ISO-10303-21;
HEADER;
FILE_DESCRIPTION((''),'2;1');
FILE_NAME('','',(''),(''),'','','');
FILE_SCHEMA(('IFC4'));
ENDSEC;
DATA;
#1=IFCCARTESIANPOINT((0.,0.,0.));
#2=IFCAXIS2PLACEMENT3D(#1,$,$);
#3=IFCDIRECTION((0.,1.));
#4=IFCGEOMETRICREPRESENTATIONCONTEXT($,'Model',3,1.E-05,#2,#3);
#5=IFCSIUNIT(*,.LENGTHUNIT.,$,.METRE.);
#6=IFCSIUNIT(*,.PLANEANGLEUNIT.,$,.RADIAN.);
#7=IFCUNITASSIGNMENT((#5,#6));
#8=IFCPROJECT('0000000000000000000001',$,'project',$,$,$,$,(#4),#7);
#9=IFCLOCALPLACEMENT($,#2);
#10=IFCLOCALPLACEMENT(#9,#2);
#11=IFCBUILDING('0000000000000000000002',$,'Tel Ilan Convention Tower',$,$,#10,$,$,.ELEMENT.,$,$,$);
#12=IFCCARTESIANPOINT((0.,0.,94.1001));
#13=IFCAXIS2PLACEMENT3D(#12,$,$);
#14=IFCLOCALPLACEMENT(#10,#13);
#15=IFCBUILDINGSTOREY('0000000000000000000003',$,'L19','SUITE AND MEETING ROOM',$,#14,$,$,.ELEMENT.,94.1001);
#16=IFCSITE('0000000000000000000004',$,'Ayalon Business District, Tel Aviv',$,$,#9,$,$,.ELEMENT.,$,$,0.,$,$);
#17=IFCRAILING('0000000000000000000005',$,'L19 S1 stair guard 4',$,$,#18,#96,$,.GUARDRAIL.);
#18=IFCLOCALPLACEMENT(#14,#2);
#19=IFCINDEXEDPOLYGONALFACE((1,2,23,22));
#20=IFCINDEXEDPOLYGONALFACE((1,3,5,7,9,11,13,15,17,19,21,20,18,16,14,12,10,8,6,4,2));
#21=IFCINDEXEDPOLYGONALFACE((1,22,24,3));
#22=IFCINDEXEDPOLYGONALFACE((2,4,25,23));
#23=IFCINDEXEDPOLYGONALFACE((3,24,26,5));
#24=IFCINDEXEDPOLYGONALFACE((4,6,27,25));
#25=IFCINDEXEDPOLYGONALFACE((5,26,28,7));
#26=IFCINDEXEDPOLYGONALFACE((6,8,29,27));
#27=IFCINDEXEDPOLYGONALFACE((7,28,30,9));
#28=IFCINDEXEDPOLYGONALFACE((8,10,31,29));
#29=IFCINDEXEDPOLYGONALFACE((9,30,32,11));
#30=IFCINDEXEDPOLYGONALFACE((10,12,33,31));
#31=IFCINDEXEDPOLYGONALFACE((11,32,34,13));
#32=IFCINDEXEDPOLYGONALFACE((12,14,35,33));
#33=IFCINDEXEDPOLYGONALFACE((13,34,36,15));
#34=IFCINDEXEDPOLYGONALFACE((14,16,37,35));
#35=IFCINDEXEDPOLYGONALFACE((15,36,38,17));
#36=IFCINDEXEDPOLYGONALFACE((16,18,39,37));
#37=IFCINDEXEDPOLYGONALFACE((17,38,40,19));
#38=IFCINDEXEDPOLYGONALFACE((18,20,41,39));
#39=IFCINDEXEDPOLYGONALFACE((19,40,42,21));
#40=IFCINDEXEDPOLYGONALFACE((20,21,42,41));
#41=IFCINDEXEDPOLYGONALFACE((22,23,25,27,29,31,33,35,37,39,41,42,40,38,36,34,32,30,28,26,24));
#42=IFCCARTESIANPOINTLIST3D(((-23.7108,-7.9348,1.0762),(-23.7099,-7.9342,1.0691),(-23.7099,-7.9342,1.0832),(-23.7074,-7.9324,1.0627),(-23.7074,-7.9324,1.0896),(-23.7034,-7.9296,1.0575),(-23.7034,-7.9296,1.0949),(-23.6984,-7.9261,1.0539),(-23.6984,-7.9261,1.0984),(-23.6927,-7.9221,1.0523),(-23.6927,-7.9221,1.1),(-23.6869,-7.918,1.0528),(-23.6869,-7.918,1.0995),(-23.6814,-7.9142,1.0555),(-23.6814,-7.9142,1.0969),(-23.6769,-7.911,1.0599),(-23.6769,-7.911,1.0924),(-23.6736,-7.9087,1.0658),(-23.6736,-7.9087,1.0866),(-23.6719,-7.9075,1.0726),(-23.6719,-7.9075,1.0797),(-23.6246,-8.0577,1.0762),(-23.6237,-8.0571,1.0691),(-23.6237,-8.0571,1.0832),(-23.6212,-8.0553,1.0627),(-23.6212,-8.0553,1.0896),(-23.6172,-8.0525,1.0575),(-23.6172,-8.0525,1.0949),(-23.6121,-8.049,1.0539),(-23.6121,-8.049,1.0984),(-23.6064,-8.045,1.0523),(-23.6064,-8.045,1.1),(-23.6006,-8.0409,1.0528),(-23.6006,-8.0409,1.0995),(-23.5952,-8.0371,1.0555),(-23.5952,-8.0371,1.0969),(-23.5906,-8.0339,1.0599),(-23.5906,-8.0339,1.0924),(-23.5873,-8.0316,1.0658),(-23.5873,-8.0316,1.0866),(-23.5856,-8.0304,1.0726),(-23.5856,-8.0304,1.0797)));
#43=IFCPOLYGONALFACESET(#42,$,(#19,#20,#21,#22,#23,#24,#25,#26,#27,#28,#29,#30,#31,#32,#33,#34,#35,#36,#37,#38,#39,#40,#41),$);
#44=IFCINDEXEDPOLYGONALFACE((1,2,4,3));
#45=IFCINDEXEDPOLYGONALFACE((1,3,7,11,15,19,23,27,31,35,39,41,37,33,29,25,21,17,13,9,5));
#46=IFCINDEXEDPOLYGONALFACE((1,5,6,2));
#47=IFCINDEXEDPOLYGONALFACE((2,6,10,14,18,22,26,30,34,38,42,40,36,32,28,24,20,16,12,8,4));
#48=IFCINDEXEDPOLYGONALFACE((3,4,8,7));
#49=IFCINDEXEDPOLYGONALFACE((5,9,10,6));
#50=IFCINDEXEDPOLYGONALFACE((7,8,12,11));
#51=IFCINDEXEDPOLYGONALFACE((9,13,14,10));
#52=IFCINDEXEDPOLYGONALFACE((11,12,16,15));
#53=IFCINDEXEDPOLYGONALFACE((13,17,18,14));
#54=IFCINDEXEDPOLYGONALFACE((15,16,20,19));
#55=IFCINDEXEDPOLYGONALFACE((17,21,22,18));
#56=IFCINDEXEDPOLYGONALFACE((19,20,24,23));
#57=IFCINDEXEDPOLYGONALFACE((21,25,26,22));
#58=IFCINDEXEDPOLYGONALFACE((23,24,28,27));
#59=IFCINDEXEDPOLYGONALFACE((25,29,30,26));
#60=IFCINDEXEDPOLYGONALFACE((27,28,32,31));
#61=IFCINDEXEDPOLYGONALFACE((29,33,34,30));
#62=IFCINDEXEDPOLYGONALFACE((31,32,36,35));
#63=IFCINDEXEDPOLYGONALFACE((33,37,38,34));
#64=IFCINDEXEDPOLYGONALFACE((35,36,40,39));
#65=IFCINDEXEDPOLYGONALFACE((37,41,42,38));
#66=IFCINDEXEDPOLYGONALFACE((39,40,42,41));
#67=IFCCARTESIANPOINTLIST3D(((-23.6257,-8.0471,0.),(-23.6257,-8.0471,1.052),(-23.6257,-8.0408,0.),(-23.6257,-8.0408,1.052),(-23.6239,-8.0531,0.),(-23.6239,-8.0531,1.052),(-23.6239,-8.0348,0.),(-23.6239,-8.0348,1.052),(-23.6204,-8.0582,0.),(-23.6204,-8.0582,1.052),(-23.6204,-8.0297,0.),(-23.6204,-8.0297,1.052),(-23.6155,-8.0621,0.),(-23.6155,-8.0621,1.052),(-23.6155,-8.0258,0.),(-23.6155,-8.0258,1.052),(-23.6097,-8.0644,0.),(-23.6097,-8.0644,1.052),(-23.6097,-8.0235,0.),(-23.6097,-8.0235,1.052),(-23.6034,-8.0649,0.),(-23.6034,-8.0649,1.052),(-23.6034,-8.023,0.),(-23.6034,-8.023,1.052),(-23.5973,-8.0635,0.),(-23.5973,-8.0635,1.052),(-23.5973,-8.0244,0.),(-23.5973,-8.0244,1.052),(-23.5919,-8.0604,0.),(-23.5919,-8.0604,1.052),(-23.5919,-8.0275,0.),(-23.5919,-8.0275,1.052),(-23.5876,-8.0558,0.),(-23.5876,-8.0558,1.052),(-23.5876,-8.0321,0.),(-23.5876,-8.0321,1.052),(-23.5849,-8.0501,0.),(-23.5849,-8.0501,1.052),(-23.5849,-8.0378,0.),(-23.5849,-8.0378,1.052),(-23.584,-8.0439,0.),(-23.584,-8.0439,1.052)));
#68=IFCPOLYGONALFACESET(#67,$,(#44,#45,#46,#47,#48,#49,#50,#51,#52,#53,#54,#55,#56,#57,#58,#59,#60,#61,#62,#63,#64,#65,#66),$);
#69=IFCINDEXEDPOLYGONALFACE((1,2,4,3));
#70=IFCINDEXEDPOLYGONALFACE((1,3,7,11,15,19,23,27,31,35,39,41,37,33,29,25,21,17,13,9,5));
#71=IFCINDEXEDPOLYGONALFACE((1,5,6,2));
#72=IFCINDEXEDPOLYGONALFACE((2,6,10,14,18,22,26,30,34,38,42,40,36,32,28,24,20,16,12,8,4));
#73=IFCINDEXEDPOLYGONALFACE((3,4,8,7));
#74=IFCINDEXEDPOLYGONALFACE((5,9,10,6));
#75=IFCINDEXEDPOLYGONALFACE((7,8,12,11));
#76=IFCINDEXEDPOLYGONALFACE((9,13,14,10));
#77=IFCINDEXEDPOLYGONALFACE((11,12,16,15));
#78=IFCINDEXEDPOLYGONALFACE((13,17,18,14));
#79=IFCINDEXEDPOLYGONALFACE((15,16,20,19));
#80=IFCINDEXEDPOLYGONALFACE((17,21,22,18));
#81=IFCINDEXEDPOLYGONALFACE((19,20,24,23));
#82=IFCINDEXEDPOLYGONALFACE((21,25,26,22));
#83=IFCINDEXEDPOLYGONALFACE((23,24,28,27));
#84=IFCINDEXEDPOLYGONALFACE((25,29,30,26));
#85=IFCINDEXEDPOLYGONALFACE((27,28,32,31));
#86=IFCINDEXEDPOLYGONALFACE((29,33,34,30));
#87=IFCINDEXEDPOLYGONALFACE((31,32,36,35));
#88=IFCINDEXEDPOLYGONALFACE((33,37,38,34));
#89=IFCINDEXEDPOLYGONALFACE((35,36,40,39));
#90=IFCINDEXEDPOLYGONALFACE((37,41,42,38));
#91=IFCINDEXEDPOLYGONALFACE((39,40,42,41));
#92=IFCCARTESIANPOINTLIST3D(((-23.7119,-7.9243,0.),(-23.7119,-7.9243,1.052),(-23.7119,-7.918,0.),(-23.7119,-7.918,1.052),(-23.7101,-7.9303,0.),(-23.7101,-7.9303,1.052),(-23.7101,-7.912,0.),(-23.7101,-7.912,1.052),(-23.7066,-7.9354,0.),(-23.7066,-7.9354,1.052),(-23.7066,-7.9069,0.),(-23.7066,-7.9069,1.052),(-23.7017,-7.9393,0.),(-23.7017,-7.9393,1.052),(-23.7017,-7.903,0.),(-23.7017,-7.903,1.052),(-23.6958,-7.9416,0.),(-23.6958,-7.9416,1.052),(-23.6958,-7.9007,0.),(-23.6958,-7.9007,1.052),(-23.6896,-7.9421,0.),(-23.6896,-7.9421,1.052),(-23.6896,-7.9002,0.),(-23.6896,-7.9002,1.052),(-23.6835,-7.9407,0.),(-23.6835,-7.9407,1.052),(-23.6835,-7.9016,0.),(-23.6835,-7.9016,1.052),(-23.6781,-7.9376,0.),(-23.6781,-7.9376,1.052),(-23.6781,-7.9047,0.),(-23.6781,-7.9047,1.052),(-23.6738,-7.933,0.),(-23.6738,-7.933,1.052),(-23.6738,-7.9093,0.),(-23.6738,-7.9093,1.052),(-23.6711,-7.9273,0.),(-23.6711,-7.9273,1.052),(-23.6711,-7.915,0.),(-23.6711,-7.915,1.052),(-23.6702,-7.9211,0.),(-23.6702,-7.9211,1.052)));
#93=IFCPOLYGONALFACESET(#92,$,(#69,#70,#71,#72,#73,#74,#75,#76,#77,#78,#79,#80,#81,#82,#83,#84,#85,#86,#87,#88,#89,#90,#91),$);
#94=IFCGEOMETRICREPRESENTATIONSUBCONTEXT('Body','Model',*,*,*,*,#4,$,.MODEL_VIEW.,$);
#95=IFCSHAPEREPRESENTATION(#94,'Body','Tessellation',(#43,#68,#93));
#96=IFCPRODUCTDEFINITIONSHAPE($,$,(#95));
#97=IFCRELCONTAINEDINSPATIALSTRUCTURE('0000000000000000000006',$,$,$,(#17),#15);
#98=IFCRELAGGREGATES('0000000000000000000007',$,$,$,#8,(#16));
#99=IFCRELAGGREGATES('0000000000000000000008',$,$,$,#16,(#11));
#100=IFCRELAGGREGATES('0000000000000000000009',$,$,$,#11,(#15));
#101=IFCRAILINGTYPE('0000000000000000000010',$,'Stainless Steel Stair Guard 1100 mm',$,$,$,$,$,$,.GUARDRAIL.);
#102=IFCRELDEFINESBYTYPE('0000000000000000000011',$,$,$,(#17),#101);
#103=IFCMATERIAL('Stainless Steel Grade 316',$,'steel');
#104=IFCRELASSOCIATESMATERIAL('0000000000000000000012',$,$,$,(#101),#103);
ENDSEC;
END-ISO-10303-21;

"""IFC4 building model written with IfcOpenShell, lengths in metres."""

from ifc_helpers import new_model, si_unit, direction, frame, origin, origin_2d, place, context, subcontext, project, spatial, circle, extrude, material, type_object, element, save


model = new_model("IFC4")

# Units and contexts
model_context = context("Model", 3, precision=1e-05, world=origin(), true_north=direction((0.0, 1.0)))
body_context = subcontext(model_context, "Body", "Model", "MODEL_VIEW")
ifc_project = project(units=[si_unit("LENGTHUNIT", "METRE"), si_unit("PLANEANGLEUNIT", "RADIAN")], contexts=[model_context])

# Site, building, storey
site_placement = place(None, origin())
site = spatial("IfcSite", under=ifc_project, at=site_placement, Name="Ayalon Business District, Tel Aviv", CompositionType="ELEMENT", RefElevation=0.0)
building_placement = place(site_placement, origin())
building = spatial("IfcBuilding", under=site, at=building_placement, Name="Tel Ilan Convention Tower", CompositionType="ELEMENT")
storey_placement = place(building_placement, frame((0.0, 0.0, 94.1001)))
storey = spatial("IfcBuildingStorey", under=building, at=storey_placement, Name="L19", Description="SUITE AND MEETING ROOM", CompositionType="ELEMENT", Elevation=94.1001)

# Railing
ifc_material_1 = material(Name="Stainless Steel Grade 316", Category="steel")
railing_type = type_object("IfcRailingType", Name="Stainless Steel Stair Guard 1100 mm", PredefinedType="GUARDRAIL", material=ifc_material_1)
railing_1_placement = place(storey_placement, frame((-23.605, -8.0439, 0.0)))
element("IfcRailing", 1, at=railing_1_placement, inside=storey, type_object=railing_type, Name="L19 S1 stair guard 4", PredefinedType="GUARDRAIL", context=body_context, shape_type="SweptSolid", body=[
    extrude(circle(Radius=0.0239, at=origin_2d()), frame((0.0, 0.0, 1.0762), z_axis=(-0.574445, 0.818543, 0.0), x_axis=(-0.818543, -0.574445, 0.0)), (0.0, 0.0, 1.0), 0.1501),
    extrude(circle(Radius=0.021, at=origin_2d()), origin(), (0.0, 0.0, 1.0), 1.052),
    extrude(circle(Radius=0.021, at=origin_2d()), frame((-0.0862, 0.1228, 0.0)), (0.0, 0.0, 1.0), 1.052),
])

save(model, "model.ifc")
